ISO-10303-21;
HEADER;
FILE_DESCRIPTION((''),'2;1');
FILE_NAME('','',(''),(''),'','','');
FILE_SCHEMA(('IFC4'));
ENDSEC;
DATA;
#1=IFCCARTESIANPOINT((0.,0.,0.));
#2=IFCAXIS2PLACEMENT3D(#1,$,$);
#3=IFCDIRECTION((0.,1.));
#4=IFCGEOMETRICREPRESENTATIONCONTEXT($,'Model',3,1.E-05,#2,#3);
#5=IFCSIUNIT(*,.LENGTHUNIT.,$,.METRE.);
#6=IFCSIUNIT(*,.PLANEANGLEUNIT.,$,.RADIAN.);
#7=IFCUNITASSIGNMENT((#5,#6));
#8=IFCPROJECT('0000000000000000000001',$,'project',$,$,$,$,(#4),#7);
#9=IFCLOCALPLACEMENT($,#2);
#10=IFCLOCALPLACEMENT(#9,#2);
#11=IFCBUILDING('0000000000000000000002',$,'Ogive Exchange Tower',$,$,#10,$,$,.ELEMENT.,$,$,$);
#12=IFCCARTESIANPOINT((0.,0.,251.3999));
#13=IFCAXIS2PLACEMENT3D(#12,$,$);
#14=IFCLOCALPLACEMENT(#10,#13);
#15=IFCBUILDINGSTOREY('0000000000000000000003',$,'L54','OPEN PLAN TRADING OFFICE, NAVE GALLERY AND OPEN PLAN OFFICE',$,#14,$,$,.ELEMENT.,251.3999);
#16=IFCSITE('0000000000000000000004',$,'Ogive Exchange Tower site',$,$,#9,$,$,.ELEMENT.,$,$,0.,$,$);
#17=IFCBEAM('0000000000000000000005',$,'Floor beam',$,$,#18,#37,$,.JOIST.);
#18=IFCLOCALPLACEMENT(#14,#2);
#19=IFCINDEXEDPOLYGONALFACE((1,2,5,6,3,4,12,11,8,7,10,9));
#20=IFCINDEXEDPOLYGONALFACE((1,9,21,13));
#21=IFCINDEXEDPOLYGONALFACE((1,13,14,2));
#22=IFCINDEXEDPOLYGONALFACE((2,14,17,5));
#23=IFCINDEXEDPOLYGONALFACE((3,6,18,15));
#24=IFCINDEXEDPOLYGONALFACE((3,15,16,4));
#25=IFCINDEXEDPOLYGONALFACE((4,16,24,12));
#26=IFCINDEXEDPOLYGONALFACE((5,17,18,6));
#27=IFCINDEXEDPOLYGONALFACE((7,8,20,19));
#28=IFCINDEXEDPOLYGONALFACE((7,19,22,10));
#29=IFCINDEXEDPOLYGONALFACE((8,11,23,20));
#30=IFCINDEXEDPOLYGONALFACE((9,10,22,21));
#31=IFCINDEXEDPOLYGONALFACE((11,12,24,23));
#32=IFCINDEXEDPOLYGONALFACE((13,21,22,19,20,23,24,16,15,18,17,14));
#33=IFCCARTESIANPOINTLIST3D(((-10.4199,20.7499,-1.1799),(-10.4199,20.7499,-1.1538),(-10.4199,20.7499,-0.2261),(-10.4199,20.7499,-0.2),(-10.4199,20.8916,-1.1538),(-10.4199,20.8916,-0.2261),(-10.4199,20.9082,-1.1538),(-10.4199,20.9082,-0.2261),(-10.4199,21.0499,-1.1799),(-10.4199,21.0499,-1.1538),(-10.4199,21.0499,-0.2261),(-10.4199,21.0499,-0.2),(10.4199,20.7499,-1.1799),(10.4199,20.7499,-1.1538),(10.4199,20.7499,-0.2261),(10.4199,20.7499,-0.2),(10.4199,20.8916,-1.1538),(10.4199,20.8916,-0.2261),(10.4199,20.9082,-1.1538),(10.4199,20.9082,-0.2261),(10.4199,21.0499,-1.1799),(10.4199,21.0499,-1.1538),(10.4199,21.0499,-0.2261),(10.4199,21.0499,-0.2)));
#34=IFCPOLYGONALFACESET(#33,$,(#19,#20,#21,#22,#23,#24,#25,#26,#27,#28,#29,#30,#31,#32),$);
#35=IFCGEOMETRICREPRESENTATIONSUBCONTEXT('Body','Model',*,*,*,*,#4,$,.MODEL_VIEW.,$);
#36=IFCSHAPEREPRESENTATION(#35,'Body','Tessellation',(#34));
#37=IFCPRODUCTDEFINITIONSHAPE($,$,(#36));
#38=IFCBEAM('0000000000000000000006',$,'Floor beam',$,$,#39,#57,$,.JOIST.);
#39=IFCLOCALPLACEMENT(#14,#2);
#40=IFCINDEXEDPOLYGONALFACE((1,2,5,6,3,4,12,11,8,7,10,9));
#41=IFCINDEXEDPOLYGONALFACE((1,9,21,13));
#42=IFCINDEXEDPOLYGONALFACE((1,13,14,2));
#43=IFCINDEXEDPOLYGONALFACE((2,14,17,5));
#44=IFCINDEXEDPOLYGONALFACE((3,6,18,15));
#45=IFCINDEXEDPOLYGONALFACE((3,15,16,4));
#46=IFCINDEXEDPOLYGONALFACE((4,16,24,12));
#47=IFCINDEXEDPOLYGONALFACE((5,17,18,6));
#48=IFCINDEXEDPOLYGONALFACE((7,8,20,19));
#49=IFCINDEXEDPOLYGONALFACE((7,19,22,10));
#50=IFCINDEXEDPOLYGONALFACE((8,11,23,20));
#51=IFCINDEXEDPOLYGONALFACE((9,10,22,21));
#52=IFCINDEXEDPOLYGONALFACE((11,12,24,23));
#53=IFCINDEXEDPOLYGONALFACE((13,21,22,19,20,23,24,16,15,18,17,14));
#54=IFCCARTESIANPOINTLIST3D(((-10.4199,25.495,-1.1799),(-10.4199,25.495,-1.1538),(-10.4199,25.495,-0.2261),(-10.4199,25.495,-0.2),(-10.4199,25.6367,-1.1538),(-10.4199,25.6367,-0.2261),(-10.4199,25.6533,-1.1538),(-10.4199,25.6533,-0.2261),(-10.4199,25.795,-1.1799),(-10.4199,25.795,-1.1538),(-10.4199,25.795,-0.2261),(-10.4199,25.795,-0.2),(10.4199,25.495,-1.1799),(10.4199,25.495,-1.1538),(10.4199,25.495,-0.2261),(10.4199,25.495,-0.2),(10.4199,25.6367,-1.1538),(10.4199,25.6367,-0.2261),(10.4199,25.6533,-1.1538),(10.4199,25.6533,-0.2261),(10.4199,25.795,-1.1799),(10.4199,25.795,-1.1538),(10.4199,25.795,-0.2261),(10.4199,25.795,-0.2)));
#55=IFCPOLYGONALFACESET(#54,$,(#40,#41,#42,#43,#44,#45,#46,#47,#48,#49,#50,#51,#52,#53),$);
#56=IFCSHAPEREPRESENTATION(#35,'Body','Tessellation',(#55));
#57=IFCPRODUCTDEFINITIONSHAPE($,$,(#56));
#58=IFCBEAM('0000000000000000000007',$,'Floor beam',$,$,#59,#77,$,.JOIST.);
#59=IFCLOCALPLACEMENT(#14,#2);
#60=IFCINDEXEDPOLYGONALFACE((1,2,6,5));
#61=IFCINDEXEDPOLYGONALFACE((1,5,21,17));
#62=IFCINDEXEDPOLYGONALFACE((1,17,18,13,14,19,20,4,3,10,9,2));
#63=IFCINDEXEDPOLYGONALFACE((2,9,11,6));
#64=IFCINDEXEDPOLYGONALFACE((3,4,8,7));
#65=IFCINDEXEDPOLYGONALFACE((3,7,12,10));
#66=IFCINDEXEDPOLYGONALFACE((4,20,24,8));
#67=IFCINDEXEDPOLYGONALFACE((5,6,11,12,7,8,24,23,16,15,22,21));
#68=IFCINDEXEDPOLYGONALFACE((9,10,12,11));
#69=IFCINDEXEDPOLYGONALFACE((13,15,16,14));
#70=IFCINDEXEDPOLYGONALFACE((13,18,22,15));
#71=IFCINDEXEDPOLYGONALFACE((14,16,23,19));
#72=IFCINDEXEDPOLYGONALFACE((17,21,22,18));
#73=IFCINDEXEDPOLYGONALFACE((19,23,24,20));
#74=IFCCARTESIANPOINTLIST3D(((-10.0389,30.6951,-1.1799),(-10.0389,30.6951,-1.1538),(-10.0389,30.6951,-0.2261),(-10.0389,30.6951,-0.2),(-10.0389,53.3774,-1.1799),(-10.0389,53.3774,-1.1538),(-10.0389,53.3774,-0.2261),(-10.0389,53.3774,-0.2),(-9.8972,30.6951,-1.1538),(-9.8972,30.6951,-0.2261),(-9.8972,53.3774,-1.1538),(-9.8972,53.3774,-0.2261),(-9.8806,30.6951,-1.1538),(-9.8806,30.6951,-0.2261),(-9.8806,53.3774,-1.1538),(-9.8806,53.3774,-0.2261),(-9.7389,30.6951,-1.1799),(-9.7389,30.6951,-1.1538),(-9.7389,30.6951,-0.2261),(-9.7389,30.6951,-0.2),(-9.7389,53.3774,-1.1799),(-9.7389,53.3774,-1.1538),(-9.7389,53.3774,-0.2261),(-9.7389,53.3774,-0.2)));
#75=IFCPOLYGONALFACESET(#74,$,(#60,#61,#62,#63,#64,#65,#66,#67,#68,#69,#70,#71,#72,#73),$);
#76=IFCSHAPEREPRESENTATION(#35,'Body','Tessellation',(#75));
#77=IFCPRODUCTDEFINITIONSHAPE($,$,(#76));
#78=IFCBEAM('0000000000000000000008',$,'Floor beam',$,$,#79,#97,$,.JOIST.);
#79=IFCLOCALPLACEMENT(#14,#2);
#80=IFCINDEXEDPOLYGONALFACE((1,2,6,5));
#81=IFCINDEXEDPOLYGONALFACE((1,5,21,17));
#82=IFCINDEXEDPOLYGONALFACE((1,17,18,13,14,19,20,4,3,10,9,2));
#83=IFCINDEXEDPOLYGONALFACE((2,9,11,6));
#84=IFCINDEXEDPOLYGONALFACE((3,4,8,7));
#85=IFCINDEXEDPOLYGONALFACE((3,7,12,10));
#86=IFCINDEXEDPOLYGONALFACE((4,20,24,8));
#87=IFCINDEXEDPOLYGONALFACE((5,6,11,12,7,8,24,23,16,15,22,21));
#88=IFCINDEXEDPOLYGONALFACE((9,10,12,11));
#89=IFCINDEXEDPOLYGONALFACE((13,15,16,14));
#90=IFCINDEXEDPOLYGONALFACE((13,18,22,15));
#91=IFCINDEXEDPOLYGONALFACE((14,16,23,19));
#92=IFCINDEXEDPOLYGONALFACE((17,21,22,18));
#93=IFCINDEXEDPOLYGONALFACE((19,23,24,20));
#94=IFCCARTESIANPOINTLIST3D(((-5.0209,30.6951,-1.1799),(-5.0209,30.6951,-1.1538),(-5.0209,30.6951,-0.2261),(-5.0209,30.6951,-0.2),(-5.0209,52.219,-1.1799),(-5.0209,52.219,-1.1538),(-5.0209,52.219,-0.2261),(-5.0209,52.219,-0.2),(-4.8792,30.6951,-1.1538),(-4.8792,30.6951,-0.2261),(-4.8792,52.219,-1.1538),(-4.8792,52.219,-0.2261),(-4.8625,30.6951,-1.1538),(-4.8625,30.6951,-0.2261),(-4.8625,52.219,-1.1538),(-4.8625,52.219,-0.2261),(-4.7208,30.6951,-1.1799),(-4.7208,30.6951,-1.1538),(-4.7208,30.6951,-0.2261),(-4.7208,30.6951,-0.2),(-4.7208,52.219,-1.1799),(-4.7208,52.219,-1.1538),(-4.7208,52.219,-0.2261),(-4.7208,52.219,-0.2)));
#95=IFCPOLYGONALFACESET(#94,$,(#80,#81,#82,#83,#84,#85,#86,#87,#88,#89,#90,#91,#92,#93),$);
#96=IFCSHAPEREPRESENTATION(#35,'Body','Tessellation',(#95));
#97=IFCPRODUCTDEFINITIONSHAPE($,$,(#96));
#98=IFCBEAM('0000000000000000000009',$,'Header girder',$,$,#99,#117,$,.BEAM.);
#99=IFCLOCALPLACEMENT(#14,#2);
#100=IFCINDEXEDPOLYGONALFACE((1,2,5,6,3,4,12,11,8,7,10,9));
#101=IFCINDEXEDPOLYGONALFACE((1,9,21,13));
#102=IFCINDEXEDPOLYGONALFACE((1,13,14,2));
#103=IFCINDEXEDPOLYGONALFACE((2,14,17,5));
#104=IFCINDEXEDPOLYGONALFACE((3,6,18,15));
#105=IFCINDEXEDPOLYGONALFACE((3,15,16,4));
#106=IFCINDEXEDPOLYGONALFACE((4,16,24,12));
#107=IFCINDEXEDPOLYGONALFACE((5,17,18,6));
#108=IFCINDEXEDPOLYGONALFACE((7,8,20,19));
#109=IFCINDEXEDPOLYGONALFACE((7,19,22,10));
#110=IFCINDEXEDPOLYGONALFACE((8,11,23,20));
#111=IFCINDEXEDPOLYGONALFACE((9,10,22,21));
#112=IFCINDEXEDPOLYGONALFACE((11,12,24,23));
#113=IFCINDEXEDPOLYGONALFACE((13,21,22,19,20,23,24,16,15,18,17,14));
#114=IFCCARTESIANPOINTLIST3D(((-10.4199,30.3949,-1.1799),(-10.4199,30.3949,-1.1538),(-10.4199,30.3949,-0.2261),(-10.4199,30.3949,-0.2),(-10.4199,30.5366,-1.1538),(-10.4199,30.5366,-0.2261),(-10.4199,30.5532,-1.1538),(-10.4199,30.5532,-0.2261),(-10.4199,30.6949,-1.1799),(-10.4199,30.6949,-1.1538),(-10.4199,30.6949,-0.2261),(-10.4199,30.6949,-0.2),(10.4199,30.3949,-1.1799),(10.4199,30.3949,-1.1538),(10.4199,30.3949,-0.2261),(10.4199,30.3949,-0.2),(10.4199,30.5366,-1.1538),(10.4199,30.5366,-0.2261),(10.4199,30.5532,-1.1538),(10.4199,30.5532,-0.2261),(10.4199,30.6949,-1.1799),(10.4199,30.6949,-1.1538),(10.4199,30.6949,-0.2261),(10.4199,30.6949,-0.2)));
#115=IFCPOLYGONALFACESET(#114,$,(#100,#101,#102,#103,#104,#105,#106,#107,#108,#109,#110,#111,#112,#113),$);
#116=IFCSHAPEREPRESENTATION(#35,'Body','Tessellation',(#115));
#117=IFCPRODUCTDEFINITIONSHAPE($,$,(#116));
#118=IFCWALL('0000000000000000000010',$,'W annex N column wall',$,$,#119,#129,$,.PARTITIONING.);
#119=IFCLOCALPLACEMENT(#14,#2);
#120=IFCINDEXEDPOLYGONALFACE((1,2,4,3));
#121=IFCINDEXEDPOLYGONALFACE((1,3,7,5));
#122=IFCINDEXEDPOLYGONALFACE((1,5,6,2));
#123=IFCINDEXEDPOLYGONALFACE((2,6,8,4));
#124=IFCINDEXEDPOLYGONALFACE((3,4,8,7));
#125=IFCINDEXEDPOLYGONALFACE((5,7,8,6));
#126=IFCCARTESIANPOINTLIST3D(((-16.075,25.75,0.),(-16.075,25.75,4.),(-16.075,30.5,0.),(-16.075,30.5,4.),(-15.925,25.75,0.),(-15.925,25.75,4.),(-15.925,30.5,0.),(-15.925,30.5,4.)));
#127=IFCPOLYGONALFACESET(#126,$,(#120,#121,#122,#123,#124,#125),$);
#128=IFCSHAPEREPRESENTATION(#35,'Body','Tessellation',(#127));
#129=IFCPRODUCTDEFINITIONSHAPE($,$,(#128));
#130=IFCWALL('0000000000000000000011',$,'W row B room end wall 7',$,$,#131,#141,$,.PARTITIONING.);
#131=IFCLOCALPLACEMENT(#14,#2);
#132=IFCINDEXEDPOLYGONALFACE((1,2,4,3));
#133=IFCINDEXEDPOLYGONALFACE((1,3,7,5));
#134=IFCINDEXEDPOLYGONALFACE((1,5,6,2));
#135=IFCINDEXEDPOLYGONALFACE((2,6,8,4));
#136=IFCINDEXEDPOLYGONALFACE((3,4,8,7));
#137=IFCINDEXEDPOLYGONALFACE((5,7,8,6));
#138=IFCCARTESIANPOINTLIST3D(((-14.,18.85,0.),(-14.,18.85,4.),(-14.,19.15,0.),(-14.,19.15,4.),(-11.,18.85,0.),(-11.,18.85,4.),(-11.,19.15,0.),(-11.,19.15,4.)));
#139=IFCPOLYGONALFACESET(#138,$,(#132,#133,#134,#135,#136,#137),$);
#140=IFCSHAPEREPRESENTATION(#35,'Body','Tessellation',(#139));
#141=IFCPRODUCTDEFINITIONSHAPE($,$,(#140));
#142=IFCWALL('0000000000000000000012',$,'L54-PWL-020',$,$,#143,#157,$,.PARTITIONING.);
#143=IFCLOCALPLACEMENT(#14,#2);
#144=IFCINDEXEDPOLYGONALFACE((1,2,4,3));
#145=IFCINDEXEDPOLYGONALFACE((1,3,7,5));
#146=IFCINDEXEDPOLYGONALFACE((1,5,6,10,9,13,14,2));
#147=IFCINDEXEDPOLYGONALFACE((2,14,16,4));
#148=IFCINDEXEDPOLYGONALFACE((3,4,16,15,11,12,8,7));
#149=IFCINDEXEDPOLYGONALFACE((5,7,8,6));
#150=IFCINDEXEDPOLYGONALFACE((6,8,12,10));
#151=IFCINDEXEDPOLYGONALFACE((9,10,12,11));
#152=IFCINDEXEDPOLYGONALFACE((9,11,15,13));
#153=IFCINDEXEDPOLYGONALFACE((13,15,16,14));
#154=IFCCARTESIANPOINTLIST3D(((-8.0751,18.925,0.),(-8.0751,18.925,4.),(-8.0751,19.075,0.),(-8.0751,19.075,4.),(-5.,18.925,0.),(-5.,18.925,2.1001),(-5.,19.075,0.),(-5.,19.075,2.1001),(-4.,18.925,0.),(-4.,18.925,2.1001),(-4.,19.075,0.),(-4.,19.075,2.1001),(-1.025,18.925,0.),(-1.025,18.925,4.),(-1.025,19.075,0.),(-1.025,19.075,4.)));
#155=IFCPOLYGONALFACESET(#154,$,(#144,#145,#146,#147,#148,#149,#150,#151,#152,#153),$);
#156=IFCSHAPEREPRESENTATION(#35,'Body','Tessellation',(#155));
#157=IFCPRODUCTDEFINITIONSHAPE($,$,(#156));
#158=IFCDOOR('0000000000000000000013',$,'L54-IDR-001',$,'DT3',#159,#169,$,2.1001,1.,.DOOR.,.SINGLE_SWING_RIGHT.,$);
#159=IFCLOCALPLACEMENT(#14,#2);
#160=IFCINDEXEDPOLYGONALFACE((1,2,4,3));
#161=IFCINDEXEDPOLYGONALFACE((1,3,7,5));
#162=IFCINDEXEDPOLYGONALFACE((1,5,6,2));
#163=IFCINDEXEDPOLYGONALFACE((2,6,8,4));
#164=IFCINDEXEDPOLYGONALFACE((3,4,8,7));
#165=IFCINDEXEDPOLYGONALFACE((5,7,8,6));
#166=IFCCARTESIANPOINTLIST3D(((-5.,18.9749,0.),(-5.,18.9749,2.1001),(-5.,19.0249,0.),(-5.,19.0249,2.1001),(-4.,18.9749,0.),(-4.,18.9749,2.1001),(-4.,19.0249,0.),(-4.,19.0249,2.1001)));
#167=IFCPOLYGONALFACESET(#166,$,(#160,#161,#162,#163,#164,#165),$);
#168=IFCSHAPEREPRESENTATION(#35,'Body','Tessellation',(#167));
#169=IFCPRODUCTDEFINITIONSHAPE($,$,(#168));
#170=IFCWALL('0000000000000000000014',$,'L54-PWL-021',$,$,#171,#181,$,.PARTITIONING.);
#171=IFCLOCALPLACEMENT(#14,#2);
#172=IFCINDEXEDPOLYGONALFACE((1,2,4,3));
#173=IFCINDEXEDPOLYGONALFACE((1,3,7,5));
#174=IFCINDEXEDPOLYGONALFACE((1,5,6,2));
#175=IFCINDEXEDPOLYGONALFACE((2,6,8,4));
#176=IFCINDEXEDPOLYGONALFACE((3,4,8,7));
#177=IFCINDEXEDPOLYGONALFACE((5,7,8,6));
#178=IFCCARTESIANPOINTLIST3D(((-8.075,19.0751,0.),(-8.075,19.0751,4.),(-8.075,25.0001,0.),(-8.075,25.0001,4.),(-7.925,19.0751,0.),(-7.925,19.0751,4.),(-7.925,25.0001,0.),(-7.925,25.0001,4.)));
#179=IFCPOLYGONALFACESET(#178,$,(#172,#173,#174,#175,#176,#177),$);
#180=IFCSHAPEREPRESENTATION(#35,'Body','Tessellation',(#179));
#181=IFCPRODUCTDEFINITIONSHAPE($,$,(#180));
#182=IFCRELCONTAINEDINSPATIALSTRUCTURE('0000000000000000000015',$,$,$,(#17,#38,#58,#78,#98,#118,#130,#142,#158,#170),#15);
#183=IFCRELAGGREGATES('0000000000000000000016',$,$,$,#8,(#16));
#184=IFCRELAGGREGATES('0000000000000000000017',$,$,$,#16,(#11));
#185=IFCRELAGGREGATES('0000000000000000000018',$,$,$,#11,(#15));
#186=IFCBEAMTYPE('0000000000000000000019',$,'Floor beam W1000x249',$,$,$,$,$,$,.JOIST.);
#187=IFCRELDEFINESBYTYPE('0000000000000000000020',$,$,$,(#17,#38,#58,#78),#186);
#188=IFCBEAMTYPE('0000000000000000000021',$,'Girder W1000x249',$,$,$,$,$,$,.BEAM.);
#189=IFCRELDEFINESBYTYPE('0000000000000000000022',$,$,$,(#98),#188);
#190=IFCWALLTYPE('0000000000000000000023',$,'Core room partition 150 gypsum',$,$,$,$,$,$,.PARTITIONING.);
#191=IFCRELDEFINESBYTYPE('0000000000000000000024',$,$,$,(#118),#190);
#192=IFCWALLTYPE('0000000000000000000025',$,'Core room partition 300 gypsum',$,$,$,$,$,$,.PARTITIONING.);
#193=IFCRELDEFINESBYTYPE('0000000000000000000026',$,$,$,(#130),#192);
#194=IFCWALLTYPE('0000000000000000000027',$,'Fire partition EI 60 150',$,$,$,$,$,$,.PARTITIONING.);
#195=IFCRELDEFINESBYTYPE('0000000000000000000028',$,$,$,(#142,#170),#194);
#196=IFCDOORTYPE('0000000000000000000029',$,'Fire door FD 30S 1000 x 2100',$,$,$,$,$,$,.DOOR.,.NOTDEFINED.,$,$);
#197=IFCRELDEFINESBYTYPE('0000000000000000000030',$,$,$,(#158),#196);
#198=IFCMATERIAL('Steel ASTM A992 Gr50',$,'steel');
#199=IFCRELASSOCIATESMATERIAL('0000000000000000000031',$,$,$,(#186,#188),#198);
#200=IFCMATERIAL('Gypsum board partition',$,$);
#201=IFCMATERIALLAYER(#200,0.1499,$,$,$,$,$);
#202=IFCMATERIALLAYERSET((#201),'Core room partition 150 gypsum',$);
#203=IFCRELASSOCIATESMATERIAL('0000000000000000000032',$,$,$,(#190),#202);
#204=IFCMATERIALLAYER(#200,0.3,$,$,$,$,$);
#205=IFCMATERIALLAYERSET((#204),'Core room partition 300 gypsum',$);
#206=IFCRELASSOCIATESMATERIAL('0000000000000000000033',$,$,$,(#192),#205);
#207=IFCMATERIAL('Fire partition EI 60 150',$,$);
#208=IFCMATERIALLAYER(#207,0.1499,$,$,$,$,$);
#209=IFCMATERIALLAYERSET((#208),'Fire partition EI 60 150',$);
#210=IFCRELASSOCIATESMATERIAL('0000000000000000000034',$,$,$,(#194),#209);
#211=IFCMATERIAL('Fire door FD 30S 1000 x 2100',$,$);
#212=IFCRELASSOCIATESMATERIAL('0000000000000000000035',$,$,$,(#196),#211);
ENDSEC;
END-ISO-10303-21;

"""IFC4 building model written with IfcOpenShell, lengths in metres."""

from ifc_helpers import new_model, si_unit, direction, frame, frame_2d, origin, origin_2d, place, context, subcontext, project, spatial, rectangle, i_section, extrude, material, layer, layer_set, material_profile, profile_set, type_object, element, fill, save


model = new_model("IFC4")

# Units and contexts
model_context = context("Model", 3, precision=1e-05, world=origin(), true_north=direction((0.0, 1.0)))
body_context = subcontext(model_context, "Body", "Model", "MODEL_VIEW")
ifc_project = project(units=[si_unit("LENGTHUNIT", "METRE"), si_unit("PLANEANGLEUNIT", "RADIAN")], contexts=[model_context])

# Site, building, storey
site_placement = place(None, origin())
site = spatial("IfcSite", under=ifc_project, at=site_placement, Name="Ogive Exchange Tower site", CompositionType="ELEMENT", RefElevation=0.0)
building_placement = place(site_placement, origin())
building = spatial("IfcBuilding", under=site, at=building_placement, Name="Ogive Exchange Tower", CompositionType="ELEMENT")
storey_placement = place(building_placement, frame((0.0, 0.0, 251.3999)))
storey = spatial("IfcBuildingStorey", under=building, at=storey_placement, Name="L54", Description="OPEN PLAN TRADING OFFICE, NAVE GALLERY AND OPEN PLAN OFFICE", CompositionType="ELEMENT", Elevation=251.3999)

# Beams
ifc_material_1 = material(Name="Steel ASTM A992 Gr50", Category="steel")
ifc_material_profile_1 = material_profile(ifc_material_1, i_section(OverallWidth=0.3, OverallDepth=0.98, WebThickness=0.0166, FlangeThickness=0.0261, at=origin_2d()), Name="W1000x249")
ifc_profile_set_1 = profile_set([ifc_material_profile_1], Name="Steel ASTM A992 Gr50")
beam_type_1 = type_object("IfcBeamType", Name="Floor beam W1000x249", PredefinedType="JOIST", material=ifc_profile_set_1)
for number, where, z_axis, x_axis, name in (
    (1, (-10.4199, 20.8999, -0.6899), (1.0, 0.0, 0.0), (0.0, 1.0, 0.0), "Floor beam"),
    (2, (-10.4199, 25.645, -0.6899), (1.0, 0.0, 0.0), (0.0, 1.0, 0.0), "Floor beam"),
):
    element("IfcBeam", number, at=place(storey_placement, frame(where, z_axis=z_axis, x_axis=x_axis)), inside=storey, type_object=beam_type_1, Name=name, PredefinedType="JOIST", context=body_context, shape_type="SweptSolid", body=[
        extrude(i_section(OverallWidth=0.3, OverallDepth=0.98, WebThickness=0.0166, FlangeThickness=0.0261, at=origin_2d()), origin(), (0.0, 0.0, 1.0), 20.8398),
    ])
beam_1_placement = place(storey_placement, frame((-9.8889, 30.6951, -0.6899), z_axis=(0.0, 1.0, 0.0), x_axis=(-1.0, 0.0, 0.0)))
element("IfcBeam", 3, at=beam_1_placement, inside=storey, type_object=beam_type_1, Name="Floor beam", PredefinedType="JOIST", context=body_context, shape_type="SweptSolid", body=[
    extrude(i_section(OverallWidth=0.3, OverallDepth=0.98, WebThickness=0.0166, FlangeThickness=0.0261, at=origin_2d()), origin(), (0.0, 0.0, 1.0), 22.6824),
])
beam_2_placement = place(storey_placement, frame((-4.8708, 30.6951, -0.6899), z_axis=(0.0, 1.0, 0.0), x_axis=(-1.0, 0.0, 0.0)))
element("IfcBeam", 4, at=beam_2_placement, inside=storey, type_object=beam_type_1, Name="Floor beam", PredefinedType="JOIST", context=body_context, shape_type="SweptSolid", body=[
    extrude(i_section(OverallWidth=0.3, OverallDepth=0.98, WebThickness=0.0166, FlangeThickness=0.0261, at=origin_2d()), origin(), (0.0, 0.0, 1.0), 21.5239),
])
ifc_material_profile_2 = material_profile(ifc_material_1, i_section(OverallWidth=0.3, OverallDepth=0.98, WebThickness=0.0166, FlangeThickness=0.0261, at=origin_2d()), Name="W1000x249")
ifc_profile_set_2 = profile_set([ifc_material_profile_2], Name="Steel ASTM A992 Gr50")
beam_type_2 = type_object("IfcBeamType", Name="Girder W1000x249", PredefinedType="BEAM", material=ifc_profile_set_2)
beam_3_placement = place(storey_placement, frame((-10.4199, 30.5449, -0.6899), z_axis=(1.0, 0.0, 0.0), x_axis=(0.0, 1.0, 0.0)))
element("IfcBeam", 5, at=beam_3_placement, inside=storey, type_object=beam_type_2, Name="Header girder", PredefinedType="BEAM", context=body_context, shape_type="SweptSolid", body=[
    extrude(i_section(OverallWidth=0.3, OverallDepth=0.98, WebThickness=0.0166, FlangeThickness=0.0261, at=origin_2d()), origin(), (0.0, 0.0, 1.0), 20.8398),
])

# Walls
ifc_material_2 = material(Name="Gypsum board partition")
ifc_layer_1 = layer(ifc_material_2, 0.1499)
ifc_layer_set_1 = layer_set([ifc_layer_1], Name="Core room partition 150 gypsum")
wall_type_1 = type_object("IfcWallType", Name="Core room partition 150 gypsum", PredefinedType="PARTITIONING", material=ifc_layer_set_1)
wall_1_placement = place(storey_placement, frame((-16.0, 25.75, 0.0), z_axis=(0.0, 0.0, 1.0), x_axis=(0.0, 1.0, 0.0)))
element("IfcWall", 6, at=wall_1_placement, inside=storey, type_object=wall_type_1, Name="W annex N column wall", PredefinedType="PARTITIONING", context=body_context, shape_type="SweptSolid", body=[
    extrude(rectangle(XDim=4.75, YDim=0.1499, at=frame_2d((2.375, 0.0))), origin(), (0.0, 0.0, 1.0), 4.0),
])
ifc_layer_2 = layer(ifc_material_2, 0.3)
ifc_layer_set_2 = layer_set([ifc_layer_2], Name="Core room partition 300 gypsum")
wall_type_2 = type_object("IfcWallType", Name="Core room partition 300 gypsum", PredefinedType="PARTITIONING", material=ifc_layer_set_2)
wall_2_placement = place(storey_placement, frame((-14.0, 19.0, 0.0), z_axis=(0.0, 0.0, 1.0), x_axis=(1.0, 0.0, 0.0)))
element("IfcWall", 7, at=wall_2_placement, inside=storey, type_object=wall_type_2, Name="W row B room end wall 7", PredefinedType="PARTITIONING", context=body_context, shape_type="SweptSolid", body=[
    extrude(rectangle(XDim=3.0, YDim=0.3, at=frame_2d((1.5, 0.0))), origin(), (0.0, 0.0, 1.0), 4.0),
])

# Wall, opening, door
ifc_material_3 = material(Name="Fire partition EI 60 150")
ifc_layer_3 = layer(ifc_material_3, 0.1499)
ifc_layer_set_3 = layer_set([ifc_layer_3], Name="Fire partition EI 60 150")
wall_type_3 = type_object("IfcWallType", Name="Fire partition EI 60 150", PredefinedType="PARTITIONING", material=ifc_layer_set_3)
wall_3_placement = place(storey_placement, frame((-8.075, 19.0, 0.0), z_axis=(0.0, 0.0, 1.0), x_axis=(1.0, 0.0, 0.0)))
wall_3 = element("IfcWall", 8, at=wall_3_placement, inside=storey, type_object=wall_type_3, Name="L54-PWL-020", PredefinedType="PARTITIONING", context=body_context, shape_type="SweptSolid", body=[
    extrude(rectangle(XDim=7.05, YDim=0.1499, at=frame_2d((3.5249, 0.0))), origin(), (0.0, 0.0, 1.0), 4.0),
])
opening_1_placement = place(wall_3_placement, frame((3.075, 0.0, 0.0)))
opening_1 = element("IfcOpeningElement", 9, at=opening_1_placement, cuts=wall_3, PredefinedType="OPENING", context=body_context, shape_type="SweptSolid", body=[
    extrude(rectangle(XDim=1.0, YDim=2.1001, at=frame_2d((0.5, 1.05))), frame((0.0, 0.085, 0.0), z_axis=(0.0, -1.0, 0.0), x_axis=(1.0, 0.0, 0.0)), (0.0, 0.0, 1.0), 0.1699),
])
ifc_material_4 = material(Name="Fire door FD 30S 1000 x 2100")
door_type_1 = type_object("IfcDoorType", Name="Fire door FD 30S 1000 x 2100", OperationType="NOTDEFINED", PredefinedType="DOOR", material=ifc_material_4)
door_1_placement = place(opening_1_placement, origin())
door_1 = element("IfcDoor", 10, at=door_1_placement, inside=storey, type_object=door_type_1, Name="L54-IDR-001", ObjectType="DT3", OperationType="SINGLE_SWING_RIGHT", OverallHeight=2.1001, OverallWidth=1.0, PredefinedType="DOOR", context=body_context, shape_type="SweptSolid", body=[
    extrude(rectangle(XDim=1.0, YDim=2.1001, at=frame_2d((0.5, 1.05))), frame((0.0, 0.0249, 0.0), z_axis=(0.0, -1.0, 0.0), x_axis=(1.0, 0.0, 0.0)), (0.0, 0.0, 1.0), 0.05),
])
fill(opening_1, door_1)

# Wall
wall_4_placement = place(storey_placement, frame((-8.0, 25.0, 0.0), z_axis=(0.0, 0.0, 1.0), x_axis=(0.0, -1.0, 0.0)))
element("IfcWall", 11, at=wall_4_placement, inside=storey, type_object=wall_type_3, Name="L54-PWL-021", PredefinedType="PARTITIONING", context=body_context, shape_type="SweptSolid", body=[
    extrude(rectangle(XDim=5.925, YDim=0.1499, at=frame_2d((2.9624, 0.0))), origin(), (0.0, 0.0, 1.0), 4.0),
])

save(model, "model.ifc")
